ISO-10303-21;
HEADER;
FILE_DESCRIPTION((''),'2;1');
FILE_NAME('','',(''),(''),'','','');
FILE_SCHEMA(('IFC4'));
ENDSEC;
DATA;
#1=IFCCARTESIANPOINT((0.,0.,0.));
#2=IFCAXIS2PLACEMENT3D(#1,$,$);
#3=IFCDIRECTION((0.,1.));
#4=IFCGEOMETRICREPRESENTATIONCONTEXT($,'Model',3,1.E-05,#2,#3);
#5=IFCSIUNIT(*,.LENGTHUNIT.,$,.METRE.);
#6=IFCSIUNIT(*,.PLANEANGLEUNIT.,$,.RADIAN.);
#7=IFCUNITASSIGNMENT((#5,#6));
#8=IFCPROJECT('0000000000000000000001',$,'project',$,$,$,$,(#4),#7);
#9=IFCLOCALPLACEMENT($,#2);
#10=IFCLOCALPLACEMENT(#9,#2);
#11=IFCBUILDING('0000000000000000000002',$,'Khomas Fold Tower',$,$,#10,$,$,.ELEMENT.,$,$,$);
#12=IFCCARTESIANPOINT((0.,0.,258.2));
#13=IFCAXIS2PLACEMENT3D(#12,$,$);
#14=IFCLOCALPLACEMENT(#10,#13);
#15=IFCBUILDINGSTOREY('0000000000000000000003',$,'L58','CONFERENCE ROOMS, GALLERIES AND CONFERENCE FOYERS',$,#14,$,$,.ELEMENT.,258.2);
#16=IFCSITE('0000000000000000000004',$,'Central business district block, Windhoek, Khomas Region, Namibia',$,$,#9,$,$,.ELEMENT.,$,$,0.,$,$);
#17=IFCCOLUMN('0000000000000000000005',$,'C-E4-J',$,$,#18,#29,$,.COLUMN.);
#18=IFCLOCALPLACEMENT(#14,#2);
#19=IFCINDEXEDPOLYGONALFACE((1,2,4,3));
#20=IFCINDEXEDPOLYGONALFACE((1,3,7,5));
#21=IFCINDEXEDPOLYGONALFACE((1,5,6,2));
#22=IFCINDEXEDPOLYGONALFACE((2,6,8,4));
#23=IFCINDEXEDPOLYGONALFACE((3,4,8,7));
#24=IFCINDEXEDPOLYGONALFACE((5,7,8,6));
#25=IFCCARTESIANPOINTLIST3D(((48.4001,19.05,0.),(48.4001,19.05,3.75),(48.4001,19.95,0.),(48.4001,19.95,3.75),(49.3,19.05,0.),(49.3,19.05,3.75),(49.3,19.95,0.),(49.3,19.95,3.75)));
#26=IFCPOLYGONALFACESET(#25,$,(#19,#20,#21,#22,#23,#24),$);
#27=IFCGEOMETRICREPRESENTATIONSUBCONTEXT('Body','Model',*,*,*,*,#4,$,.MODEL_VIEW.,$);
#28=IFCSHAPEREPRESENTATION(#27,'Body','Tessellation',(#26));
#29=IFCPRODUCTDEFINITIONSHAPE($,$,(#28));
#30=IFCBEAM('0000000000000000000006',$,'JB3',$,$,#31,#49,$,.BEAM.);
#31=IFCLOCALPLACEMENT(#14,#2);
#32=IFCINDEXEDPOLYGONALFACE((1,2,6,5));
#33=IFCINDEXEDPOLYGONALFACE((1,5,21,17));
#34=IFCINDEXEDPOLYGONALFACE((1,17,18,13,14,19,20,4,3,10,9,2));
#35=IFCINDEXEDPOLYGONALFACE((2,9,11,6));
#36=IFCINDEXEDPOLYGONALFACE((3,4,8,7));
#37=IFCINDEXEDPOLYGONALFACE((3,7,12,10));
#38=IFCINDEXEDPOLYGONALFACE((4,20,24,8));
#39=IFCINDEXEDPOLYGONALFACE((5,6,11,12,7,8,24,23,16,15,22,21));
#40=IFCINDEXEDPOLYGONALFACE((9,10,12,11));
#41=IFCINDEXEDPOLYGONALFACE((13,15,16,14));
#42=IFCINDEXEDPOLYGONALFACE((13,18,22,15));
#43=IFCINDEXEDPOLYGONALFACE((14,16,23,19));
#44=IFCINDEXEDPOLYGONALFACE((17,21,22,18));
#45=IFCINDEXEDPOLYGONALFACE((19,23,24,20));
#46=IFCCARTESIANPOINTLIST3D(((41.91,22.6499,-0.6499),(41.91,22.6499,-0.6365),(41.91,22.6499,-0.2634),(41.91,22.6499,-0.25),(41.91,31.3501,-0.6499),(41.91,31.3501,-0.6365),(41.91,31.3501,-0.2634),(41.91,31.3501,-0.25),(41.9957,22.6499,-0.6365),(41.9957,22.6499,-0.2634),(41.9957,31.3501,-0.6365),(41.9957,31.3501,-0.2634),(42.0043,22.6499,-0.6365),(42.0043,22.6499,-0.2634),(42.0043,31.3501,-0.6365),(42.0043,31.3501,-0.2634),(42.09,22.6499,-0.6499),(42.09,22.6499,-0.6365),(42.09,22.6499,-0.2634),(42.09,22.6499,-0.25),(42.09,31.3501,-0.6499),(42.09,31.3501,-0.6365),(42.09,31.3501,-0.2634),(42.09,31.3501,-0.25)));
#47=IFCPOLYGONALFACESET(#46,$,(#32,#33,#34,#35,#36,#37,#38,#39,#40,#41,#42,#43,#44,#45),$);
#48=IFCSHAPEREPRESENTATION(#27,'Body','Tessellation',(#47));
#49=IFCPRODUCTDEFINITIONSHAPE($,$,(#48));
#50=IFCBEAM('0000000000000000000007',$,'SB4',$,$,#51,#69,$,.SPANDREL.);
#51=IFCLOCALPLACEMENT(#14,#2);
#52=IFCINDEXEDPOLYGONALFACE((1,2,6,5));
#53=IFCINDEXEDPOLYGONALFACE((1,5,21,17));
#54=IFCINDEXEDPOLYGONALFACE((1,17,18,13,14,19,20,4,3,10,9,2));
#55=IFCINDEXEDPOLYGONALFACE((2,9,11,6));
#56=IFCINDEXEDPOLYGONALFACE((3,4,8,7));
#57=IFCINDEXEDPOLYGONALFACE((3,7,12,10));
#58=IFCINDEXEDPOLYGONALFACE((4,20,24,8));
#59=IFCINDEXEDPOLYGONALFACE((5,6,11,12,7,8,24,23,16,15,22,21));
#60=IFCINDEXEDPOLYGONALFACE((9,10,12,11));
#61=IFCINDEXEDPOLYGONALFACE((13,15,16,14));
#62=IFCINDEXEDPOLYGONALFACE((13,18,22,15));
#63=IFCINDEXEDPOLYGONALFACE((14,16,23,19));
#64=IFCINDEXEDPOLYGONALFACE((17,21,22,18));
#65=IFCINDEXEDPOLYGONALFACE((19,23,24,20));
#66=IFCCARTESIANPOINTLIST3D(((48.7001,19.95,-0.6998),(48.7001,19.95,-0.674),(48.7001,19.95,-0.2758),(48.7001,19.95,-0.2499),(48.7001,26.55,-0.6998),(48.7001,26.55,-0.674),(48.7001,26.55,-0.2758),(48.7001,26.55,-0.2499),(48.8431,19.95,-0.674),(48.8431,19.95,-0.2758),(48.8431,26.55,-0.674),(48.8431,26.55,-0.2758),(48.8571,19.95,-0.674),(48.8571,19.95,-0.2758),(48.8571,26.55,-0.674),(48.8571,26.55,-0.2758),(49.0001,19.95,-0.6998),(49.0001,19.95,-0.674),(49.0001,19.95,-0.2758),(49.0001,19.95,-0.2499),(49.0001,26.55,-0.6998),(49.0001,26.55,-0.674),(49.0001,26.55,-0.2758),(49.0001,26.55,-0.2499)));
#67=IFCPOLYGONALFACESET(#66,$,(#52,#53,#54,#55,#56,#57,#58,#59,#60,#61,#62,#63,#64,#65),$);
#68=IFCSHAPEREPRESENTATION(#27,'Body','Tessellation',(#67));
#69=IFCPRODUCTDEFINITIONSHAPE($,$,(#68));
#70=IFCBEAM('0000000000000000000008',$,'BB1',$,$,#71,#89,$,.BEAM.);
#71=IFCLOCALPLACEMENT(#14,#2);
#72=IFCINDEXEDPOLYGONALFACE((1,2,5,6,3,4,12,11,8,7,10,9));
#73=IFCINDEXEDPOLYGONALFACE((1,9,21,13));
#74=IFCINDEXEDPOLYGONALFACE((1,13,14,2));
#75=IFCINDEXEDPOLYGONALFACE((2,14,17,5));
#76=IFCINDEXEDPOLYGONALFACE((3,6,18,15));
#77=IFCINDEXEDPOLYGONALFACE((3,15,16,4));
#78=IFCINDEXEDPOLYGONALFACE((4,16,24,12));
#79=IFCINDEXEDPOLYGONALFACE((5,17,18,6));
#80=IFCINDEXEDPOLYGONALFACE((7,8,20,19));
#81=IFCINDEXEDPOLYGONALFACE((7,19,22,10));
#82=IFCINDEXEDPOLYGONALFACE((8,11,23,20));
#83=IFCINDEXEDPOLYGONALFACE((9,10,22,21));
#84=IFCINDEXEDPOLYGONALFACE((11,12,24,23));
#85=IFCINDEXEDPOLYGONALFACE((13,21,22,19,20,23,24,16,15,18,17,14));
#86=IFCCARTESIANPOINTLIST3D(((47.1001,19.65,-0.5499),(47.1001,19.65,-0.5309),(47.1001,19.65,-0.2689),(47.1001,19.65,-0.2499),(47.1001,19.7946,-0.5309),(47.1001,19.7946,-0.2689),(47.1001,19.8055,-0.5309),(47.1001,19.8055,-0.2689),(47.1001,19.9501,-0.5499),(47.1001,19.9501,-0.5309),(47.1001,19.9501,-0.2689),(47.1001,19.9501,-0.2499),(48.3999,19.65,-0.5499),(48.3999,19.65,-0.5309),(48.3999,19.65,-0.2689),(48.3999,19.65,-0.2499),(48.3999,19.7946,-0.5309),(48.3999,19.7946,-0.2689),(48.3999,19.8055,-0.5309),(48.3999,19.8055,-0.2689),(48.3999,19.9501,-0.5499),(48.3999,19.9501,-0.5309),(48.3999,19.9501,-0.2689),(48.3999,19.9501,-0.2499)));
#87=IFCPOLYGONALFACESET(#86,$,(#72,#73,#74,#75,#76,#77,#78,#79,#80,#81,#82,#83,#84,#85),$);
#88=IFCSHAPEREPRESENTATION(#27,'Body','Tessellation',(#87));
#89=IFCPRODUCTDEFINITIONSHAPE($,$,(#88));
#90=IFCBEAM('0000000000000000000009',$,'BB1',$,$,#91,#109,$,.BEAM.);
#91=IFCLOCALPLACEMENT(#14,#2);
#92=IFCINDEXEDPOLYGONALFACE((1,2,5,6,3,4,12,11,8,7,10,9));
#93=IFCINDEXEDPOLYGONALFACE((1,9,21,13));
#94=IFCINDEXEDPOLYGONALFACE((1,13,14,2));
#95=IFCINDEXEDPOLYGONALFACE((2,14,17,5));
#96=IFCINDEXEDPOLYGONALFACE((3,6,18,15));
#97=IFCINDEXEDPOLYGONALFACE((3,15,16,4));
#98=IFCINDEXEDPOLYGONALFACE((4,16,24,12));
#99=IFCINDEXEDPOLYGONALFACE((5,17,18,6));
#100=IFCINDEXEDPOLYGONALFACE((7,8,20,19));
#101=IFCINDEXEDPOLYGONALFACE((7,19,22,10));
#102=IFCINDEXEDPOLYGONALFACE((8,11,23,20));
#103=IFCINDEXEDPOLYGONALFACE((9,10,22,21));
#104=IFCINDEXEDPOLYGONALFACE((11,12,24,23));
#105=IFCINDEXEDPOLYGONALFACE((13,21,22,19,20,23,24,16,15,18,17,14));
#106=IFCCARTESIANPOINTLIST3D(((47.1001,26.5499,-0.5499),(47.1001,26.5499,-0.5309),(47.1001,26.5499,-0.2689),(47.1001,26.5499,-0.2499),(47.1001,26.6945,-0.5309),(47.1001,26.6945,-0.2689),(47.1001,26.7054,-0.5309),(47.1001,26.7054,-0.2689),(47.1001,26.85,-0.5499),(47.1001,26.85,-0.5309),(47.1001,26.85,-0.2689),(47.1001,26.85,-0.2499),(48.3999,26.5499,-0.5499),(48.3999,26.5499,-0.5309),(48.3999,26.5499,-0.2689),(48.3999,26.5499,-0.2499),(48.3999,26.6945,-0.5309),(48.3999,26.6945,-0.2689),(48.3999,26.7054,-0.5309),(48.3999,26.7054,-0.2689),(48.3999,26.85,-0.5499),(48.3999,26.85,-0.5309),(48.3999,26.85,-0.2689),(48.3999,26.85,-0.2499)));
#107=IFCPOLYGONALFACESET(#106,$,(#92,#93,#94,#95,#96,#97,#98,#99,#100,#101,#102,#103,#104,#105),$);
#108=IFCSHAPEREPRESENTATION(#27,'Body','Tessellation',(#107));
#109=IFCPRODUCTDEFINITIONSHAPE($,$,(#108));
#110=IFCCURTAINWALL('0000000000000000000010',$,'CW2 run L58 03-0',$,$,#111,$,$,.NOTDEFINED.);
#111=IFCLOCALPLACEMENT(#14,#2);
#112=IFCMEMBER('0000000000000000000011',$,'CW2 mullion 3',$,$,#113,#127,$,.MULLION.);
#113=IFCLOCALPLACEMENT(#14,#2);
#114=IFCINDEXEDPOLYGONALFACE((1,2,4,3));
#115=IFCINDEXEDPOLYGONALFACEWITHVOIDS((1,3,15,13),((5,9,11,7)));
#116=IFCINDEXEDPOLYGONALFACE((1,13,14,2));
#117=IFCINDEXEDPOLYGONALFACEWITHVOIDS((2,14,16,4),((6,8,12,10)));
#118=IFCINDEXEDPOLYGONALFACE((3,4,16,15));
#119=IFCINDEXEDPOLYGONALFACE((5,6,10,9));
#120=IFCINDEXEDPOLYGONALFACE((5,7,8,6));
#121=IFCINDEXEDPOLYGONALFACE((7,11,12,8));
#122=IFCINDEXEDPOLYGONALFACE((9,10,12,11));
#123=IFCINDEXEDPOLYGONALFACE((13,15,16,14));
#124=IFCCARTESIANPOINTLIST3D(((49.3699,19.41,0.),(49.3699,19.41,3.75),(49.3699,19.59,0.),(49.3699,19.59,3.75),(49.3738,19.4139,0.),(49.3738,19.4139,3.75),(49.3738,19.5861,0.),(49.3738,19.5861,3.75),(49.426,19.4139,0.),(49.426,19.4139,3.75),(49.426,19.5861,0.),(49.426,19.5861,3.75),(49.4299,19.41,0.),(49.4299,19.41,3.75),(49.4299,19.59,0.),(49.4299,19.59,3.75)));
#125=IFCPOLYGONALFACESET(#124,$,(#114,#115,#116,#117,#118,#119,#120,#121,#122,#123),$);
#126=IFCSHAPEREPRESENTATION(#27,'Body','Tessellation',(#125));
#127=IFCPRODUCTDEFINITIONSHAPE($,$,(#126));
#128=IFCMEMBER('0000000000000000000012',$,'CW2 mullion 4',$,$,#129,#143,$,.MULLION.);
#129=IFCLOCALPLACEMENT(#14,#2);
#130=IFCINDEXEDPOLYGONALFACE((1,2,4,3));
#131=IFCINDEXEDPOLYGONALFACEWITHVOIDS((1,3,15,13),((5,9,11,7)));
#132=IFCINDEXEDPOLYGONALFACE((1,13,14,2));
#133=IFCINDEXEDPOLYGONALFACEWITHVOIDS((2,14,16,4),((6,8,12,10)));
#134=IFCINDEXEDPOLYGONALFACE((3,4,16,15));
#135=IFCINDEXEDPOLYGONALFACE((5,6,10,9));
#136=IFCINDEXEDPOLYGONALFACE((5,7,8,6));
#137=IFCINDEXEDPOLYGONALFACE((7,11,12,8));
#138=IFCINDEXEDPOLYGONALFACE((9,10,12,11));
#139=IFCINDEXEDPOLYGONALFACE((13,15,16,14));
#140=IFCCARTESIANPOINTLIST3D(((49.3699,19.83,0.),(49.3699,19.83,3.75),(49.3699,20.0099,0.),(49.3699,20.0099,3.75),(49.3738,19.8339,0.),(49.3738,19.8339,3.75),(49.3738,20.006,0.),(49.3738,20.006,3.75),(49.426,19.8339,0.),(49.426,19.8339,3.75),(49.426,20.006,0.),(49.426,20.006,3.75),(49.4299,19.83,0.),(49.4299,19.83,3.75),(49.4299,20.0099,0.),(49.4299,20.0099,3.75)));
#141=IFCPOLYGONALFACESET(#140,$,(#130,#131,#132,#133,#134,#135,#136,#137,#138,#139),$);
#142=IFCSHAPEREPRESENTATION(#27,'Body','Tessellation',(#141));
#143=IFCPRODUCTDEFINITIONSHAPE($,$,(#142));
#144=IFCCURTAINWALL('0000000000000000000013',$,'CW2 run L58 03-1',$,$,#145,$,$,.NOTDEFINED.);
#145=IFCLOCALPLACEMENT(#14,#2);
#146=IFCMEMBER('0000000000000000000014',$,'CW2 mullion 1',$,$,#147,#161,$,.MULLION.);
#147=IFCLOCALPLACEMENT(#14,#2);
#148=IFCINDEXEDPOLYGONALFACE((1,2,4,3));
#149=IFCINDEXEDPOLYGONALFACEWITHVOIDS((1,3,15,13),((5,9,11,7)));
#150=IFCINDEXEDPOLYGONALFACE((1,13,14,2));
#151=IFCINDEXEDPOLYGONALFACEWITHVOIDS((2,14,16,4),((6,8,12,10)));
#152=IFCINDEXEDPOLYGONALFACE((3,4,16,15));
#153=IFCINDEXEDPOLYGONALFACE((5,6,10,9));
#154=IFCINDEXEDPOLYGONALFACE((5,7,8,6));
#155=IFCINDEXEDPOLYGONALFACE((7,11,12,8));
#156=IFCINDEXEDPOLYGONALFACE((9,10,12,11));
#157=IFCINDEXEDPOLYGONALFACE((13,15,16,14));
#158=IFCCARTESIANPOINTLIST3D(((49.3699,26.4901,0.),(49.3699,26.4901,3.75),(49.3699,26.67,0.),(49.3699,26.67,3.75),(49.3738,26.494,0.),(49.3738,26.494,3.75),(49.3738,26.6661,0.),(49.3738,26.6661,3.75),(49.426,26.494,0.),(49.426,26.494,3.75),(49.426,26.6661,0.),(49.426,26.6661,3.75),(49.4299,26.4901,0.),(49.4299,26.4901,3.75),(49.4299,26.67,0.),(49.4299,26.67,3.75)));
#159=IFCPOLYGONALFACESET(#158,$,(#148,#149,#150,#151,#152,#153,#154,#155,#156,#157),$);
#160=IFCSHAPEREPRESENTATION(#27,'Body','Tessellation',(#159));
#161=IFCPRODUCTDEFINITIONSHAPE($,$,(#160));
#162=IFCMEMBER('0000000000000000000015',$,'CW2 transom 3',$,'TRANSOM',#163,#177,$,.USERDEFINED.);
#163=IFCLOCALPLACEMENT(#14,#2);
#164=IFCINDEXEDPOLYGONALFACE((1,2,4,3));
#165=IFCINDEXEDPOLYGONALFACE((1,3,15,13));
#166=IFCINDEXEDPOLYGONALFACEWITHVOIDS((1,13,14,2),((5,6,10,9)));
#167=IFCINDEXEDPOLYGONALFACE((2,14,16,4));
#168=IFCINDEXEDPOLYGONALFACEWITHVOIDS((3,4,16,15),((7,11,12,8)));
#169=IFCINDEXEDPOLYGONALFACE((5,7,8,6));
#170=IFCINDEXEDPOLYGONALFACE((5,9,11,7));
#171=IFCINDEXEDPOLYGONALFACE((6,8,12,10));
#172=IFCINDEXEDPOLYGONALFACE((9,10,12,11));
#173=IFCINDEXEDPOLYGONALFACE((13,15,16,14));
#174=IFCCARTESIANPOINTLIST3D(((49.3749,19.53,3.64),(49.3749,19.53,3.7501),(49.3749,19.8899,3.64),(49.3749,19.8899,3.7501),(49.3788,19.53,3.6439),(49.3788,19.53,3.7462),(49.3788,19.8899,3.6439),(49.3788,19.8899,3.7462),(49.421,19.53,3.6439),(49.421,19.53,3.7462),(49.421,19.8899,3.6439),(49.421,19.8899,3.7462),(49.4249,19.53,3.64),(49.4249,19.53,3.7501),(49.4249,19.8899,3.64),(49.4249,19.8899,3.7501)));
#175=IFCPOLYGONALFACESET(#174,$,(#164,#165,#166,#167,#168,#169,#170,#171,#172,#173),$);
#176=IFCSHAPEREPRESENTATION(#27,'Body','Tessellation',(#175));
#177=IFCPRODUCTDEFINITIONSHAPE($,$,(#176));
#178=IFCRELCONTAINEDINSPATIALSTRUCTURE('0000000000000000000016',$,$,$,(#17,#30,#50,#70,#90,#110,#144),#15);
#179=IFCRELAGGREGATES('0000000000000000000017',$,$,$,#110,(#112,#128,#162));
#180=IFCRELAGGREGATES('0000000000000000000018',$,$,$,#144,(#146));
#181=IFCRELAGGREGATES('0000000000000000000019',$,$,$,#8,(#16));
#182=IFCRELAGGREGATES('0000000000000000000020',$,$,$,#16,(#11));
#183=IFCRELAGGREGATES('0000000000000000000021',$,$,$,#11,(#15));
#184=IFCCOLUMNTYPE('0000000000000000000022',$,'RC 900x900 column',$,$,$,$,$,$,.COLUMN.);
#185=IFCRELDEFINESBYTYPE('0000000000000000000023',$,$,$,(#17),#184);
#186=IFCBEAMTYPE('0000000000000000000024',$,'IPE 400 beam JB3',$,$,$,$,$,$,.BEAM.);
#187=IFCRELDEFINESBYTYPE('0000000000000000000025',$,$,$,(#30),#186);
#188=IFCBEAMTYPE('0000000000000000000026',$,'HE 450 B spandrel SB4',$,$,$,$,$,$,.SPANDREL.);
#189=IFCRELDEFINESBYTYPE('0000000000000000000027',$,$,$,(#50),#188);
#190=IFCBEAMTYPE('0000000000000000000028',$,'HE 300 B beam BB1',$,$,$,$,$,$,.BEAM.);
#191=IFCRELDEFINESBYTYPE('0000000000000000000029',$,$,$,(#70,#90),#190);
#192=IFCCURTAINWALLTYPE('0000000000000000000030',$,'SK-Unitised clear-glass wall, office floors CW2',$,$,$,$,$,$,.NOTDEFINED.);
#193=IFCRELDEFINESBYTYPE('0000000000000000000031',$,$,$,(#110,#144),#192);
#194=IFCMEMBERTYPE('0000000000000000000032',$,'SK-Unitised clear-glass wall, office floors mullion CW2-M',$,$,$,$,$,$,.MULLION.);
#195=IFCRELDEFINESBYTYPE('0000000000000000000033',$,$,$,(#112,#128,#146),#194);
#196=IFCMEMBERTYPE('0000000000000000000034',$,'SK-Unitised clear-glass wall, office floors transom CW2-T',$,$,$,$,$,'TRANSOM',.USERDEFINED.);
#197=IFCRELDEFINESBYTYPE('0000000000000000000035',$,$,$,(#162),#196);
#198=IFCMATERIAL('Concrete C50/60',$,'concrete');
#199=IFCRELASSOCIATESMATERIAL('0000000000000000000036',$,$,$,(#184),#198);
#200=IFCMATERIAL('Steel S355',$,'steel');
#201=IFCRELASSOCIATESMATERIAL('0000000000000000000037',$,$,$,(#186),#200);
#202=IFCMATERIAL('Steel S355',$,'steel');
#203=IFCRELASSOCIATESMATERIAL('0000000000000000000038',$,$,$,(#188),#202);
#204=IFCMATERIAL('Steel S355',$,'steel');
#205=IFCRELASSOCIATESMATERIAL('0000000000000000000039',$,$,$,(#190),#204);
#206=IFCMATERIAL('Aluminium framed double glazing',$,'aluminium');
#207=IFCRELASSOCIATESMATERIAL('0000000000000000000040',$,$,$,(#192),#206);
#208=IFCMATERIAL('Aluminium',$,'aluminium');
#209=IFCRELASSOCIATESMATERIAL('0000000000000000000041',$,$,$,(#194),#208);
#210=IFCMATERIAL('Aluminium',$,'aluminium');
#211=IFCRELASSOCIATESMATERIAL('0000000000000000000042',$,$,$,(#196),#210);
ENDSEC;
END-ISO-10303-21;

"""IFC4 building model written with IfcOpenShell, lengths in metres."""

from ifc_helpers import new_model, si_unit, direction, frame, origin, origin_2d, place, context, subcontext, project, spatial, rectangle, hollow_rectangle, i_section, extrude, source, transform, mapped, material, material_profile, profile_set, type_object, element, aggregate, save


model = new_model("IFC4")

# Units and contexts
model_context = context("Model", 3, precision=1e-05, world=origin(), true_north=direction((0.0, 1.0)))
body_context = subcontext(model_context, "Body", "Model", "MODEL_VIEW")
ifc_project = project(units=[si_unit("LENGTHUNIT", "METRE"), si_unit("PLANEANGLEUNIT", "RADIAN")], contexts=[model_context])

# Site, building, storey
site_placement = place(None, origin())
site = spatial("IfcSite", under=ifc_project, at=site_placement, Name="Central business district block, Windhoek, Khomas Region, Namibia", CompositionType="ELEMENT", RefElevation=0.0)
building_placement = place(site_placement, origin())
building = spatial("IfcBuilding", under=site, at=building_placement, Name="Khomas Fold Tower", CompositionType="ELEMENT")
storey_placement = place(building_placement, frame((0.0, 0.0, 258.2)))
storey = spatial("IfcBuildingStorey", under=building, at=storey_placement, Name="L58", Description="CONFERENCE ROOMS, GALLERIES AND CONFERENCE FOYERS", CompositionType="ELEMENT", Elevation=258.2)

# Column
ifc_material_1 = material(Name="Concrete C50/60", Category="concrete")
ifc_material_profile_1 = material_profile(ifc_material_1, rectangle(XDim=0.8999, YDim=0.8999, at=origin_2d()), Name="RC 900x900")
ifc_profile_set_1 = profile_set([ifc_material_profile_1], Name="Concrete C50/60")
column_type = type_object("IfcColumnType", Name="RC 900x900 column", PredefinedType="COLUMN", material=ifc_profile_set_1)
shared_shape_1 = source(origin(), body_context, "Body", "SweptSolid", [
    extrude(rectangle(XDim=0.8999, YDim=0.8999, at=origin_2d()), origin(), (0.0, 0.0, 1.0), 3.75),
])
column_placement = place(storey_placement, frame((48.8501, 19.5, 0.0), z_axis=(0.0, 0.0, 1.0), x_axis=(1.0, 0.0, 0.0)))
element("IfcColumn", 1, at=column_placement, inside=storey, type_object=column_type, Name="C-E4-J", PredefinedType="COLUMN", context=body_context, shape_type="MappedRepresentation", body=[
    mapped(shared_shape_1, transform((0.0, 0.0, 0.0))),
])

# Beams
ifc_material_2 = material(Name="Steel S355", Category="steel")
ifc_material_profile_2 = material_profile(ifc_material_2, i_section(OverallWidth=0.1799, OverallDepth=0.3999, WebThickness=0.0085, FlangeThickness=0.0134, at=origin_2d()), Name="IPE 400")
ifc_profile_set_2 = profile_set([ifc_material_profile_2], Name="Steel S355")
beam_type_1 = type_object("IfcBeamType", Name="IPE 400 beam JB3", PredefinedType="BEAM", material=ifc_profile_set_2)
shared_shape_2 = source(origin(), body_context, "Body", "SweptSolid", [
    extrude(i_section(OverallWidth=0.1799, OverallDepth=0.3999, WebThickness=0.0085, FlangeThickness=0.0134, at=origin_2d()), origin(), (0.0, 0.0, 1.0), 8.7002),
])
beam_1_placement = place(storey_placement, frame((42.0, 22.6499, -0.45), z_axis=(0.0, 1.0, 0.0), x_axis=(-1.0, 0.0, 0.0)))
element("IfcBeam", 2, at=beam_1_placement, inside=storey, type_object=beam_type_1, Name="JB3", PredefinedType="BEAM", context=body_context, shape_type="MappedRepresentation", body=[
    mapped(shared_shape_2, transform((0.0, 0.0, 0.0))),
])
ifc_material_3 = material(Name="Steel S355", Category="steel")
ifc_material_profile_3 = material_profile(ifc_material_3, i_section(OverallWidth=0.3, OverallDepth=0.45, WebThickness=0.0139, FlangeThickness=0.0259, at=origin_2d()), Name="HE 450 B")
ifc_profile_set_3 = profile_set([ifc_material_profile_3], Name="Steel S355")
beam_type_2 = type_object("IfcBeamType", Name="HE 450 B spandrel SB4", PredefinedType="SPANDREL", material=ifc_profile_set_3)
shared_shape_3 = source(origin(), body_context, "Body", "SweptSolid", [
    extrude(i_section(OverallWidth=0.3, OverallDepth=0.45, WebThickness=0.0139, FlangeThickness=0.0259, at=origin_2d()), origin(), (0.0, 0.0, 1.0), 6.6001),
])
beam_2_placement = place(storey_placement, frame((48.8501, 19.95, -0.4749), z_axis=(0.0, 1.0, 0.0), x_axis=(-1.0, 0.0, 0.0)))
element("IfcBeam", 3, at=beam_2_placement, inside=storey, type_object=beam_type_2, Name="SB4", PredefinedType="SPANDREL", context=body_context, shape_type="MappedRepresentation", body=[
    mapped(shared_shape_3, transform((0.0, 0.0, 0.0))),
])
ifc_material_4 = material(Name="Steel S355", Category="steel")
ifc_material_profile_4 = material_profile(ifc_material_4, i_section(OverallWidth=0.3, OverallDepth=0.3, WebThickness=0.011, FlangeThickness=0.019, at=origin_2d()), Name="HE 300 B")
ifc_profile_set_4 = profile_set([ifc_material_profile_4], Name="Steel S355")
beam_type_3 = type_object("IfcBeamType", Name="HE 300 B beam BB1", PredefinedType="BEAM", material=ifc_profile_set_4)
shared_shape_4 = source(origin(), body_context, "Body", "SweptSolid", [
    extrude(i_section(OverallWidth=0.3, OverallDepth=0.3, WebThickness=0.011, FlangeThickness=0.019, at=origin_2d()), origin(), (0.0, 0.0, 1.0), 1.2998),
])
for number, where, z_axis, x_axis, name in (
    (4, (47.1001, 19.8, -0.3999), (1.0, 0.0, 0.0), (0.0, 1.0, 0.0), "BB1"),
    (5, (47.1001, 26.7, -0.3999), (1.0, 0.0, 0.0), (0.0, 1.0, 0.0), "BB1"),
):
    element("IfcBeam", number, at=place(storey_placement, frame(where, z_axis=z_axis, x_axis=x_axis)), inside=storey, type_object=beam_type_3, Name=name, PredefinedType="BEAM", context=body_context, shape_type="MappedRepresentation", body=[
        mapped(shared_shape_4, transform((0.0, 0.0, 0.0))),
    ])

# Curtain wall, members
ifc_material_5 = material(Name="Aluminium framed double glazing", Category="aluminium")
curtain_wall_type = type_object("IfcCurtainWallType", Name="SK-Unitised clear-glass wall, office floors CW2", PredefinedType="NOTDEFINED", material=ifc_material_5)
curtain_wall_1_placement = place(storey_placement, origin())
curtain_wall_1 = element("IfcCurtainWall", 6, at=curtain_wall_1_placement, inside=storey, type_object=curtain_wall_type, Name="CW2 run L58 03-0", PredefinedType="NOTDEFINED")
ifc_material_6 = material(Name="Aluminium", Category="aluminium")
ifc_material_profile_5 = material_profile(ifc_material_6, hollow_rectangle(XDim=0.0601, YDim=0.1799, WallThickness=0.0039, at=origin_2d()), Name="SK-Unitised clear-glass wall, office floors mullion CW2-M")
ifc_profile_set_5 = profile_set([ifc_material_profile_5], Name="Aluminium")
member_type_1 = type_object("IfcMemberType", Name="SK-Unitised clear-glass wall, office floors mullion CW2-M", PredefinedType="MULLION", material=ifc_profile_set_5)
shared_shape_5 = source(origin(), body_context, "Body", "SweptSolid", [
    extrude(hollow_rectangle(XDim=0.0601, YDim=0.1799, WallThickness=0.0039, at=origin_2d()), origin(), (0.0, 0.0, 1.0), 3.75),
])
member_1_placement = place(storey_placement, frame((49.3999, 19.5, 0.0), z_axis=(0.0, 0.0, 1.0), x_axis=(-1.0, 0.0, 0.0)))
member_1 = element("IfcMember", 7, at=member_1_placement, type_object=member_type_1, Name="CW2 mullion 3", PredefinedType="MULLION", context=body_context, shape_type="MappedRepresentation", body=[
    mapped(shared_shape_5, transform((0.0, 0.0, 0.0))),
])
member_2_placement = place(storey_placement, frame((49.3999, 19.9199, 0.0), z_axis=(0.0, 0.0, 1.0), x_axis=(-1.0, 0.0, 0.0)))
member_2 = element("IfcMember", 8, at=member_2_placement, type_object=member_type_1, Name="CW2 mullion 4", PredefinedType="MULLION", context=body_context, shape_type="MappedRepresentation", body=[
    mapped(shared_shape_5, transform((0.0, 0.0, 0.0))),
])

# Curtain wall, member
curtain_wall_2_placement = place(storey_placement, origin())
curtain_wall_2 = element("IfcCurtainWall", 9, at=curtain_wall_2_placement, inside=storey, type_object=curtain_wall_type, Name="CW2 run L58 03-1", PredefinedType="NOTDEFINED")
member_3_placement = place(storey_placement, frame((49.3999, 26.5801, 0.0), z_axis=(0.0, 0.0, 1.0), x_axis=(-1.0, 0.0, 0.0)))
member_3 = element("IfcMember", 10, at=member_3_placement, type_object=member_type_1, Name="CW2 mullion 1", PredefinedType="MULLION", context=body_context, shape_type="MappedRepresentation", body=[
    mapped(shared_shape_5, transform((0.0, 0.0, 0.0))),
])

# Member
ifc_material_7 = material(Name="Aluminium", Category="aluminium")
ifc_material_profile_6 = material_profile(ifc_material_7, hollow_rectangle(XDim=0.05, YDim=0.1101, WallThickness=0.0039, at=origin_2d()), Name="SK-Unitised clear-glass wall, office floors transom CW2-T")
ifc_profile_set_6 = profile_set([ifc_material_profile_6], Name="Aluminium")
member_type_2 = type_object("IfcMemberType", Name="SK-Unitised clear-glass wall, office floors transom CW2-T", ElementType="TRANSOM", PredefinedType="USERDEFINED", material=ifc_profile_set_6)
shared_shape_6 = source(origin(), body_context, "Body", "SweptSolid", [
    extrude(hollow_rectangle(XDim=0.05, YDim=0.1101, WallThickness=0.0039, at=origin_2d()), origin(), (0.0, 0.0, 1.0), 0.3599),
])
member_4_placement = place(storey_placement, frame((49.3999, 19.53, 3.6951), z_axis=(0.0, 1.0, 0.0), x_axis=(-1.0, 0.0, 0.0)))
member_4 = element("IfcMember", 11, at=member_4_placement, type_object=member_type_2, Name="CW2 transom 3", ObjectType="TRANSOM", PredefinedType="USERDEFINED", context=body_context, shape_type="MappedRepresentation", body=[
    mapped(shared_shape_6, transform((0.0, 0.0, 0.0))),
])

aggregate(curtain_wall_1, [member_1, member_2, member_4])
aggregate(curtain_wall_2, [member_3])

save(model, "model.ifc")
